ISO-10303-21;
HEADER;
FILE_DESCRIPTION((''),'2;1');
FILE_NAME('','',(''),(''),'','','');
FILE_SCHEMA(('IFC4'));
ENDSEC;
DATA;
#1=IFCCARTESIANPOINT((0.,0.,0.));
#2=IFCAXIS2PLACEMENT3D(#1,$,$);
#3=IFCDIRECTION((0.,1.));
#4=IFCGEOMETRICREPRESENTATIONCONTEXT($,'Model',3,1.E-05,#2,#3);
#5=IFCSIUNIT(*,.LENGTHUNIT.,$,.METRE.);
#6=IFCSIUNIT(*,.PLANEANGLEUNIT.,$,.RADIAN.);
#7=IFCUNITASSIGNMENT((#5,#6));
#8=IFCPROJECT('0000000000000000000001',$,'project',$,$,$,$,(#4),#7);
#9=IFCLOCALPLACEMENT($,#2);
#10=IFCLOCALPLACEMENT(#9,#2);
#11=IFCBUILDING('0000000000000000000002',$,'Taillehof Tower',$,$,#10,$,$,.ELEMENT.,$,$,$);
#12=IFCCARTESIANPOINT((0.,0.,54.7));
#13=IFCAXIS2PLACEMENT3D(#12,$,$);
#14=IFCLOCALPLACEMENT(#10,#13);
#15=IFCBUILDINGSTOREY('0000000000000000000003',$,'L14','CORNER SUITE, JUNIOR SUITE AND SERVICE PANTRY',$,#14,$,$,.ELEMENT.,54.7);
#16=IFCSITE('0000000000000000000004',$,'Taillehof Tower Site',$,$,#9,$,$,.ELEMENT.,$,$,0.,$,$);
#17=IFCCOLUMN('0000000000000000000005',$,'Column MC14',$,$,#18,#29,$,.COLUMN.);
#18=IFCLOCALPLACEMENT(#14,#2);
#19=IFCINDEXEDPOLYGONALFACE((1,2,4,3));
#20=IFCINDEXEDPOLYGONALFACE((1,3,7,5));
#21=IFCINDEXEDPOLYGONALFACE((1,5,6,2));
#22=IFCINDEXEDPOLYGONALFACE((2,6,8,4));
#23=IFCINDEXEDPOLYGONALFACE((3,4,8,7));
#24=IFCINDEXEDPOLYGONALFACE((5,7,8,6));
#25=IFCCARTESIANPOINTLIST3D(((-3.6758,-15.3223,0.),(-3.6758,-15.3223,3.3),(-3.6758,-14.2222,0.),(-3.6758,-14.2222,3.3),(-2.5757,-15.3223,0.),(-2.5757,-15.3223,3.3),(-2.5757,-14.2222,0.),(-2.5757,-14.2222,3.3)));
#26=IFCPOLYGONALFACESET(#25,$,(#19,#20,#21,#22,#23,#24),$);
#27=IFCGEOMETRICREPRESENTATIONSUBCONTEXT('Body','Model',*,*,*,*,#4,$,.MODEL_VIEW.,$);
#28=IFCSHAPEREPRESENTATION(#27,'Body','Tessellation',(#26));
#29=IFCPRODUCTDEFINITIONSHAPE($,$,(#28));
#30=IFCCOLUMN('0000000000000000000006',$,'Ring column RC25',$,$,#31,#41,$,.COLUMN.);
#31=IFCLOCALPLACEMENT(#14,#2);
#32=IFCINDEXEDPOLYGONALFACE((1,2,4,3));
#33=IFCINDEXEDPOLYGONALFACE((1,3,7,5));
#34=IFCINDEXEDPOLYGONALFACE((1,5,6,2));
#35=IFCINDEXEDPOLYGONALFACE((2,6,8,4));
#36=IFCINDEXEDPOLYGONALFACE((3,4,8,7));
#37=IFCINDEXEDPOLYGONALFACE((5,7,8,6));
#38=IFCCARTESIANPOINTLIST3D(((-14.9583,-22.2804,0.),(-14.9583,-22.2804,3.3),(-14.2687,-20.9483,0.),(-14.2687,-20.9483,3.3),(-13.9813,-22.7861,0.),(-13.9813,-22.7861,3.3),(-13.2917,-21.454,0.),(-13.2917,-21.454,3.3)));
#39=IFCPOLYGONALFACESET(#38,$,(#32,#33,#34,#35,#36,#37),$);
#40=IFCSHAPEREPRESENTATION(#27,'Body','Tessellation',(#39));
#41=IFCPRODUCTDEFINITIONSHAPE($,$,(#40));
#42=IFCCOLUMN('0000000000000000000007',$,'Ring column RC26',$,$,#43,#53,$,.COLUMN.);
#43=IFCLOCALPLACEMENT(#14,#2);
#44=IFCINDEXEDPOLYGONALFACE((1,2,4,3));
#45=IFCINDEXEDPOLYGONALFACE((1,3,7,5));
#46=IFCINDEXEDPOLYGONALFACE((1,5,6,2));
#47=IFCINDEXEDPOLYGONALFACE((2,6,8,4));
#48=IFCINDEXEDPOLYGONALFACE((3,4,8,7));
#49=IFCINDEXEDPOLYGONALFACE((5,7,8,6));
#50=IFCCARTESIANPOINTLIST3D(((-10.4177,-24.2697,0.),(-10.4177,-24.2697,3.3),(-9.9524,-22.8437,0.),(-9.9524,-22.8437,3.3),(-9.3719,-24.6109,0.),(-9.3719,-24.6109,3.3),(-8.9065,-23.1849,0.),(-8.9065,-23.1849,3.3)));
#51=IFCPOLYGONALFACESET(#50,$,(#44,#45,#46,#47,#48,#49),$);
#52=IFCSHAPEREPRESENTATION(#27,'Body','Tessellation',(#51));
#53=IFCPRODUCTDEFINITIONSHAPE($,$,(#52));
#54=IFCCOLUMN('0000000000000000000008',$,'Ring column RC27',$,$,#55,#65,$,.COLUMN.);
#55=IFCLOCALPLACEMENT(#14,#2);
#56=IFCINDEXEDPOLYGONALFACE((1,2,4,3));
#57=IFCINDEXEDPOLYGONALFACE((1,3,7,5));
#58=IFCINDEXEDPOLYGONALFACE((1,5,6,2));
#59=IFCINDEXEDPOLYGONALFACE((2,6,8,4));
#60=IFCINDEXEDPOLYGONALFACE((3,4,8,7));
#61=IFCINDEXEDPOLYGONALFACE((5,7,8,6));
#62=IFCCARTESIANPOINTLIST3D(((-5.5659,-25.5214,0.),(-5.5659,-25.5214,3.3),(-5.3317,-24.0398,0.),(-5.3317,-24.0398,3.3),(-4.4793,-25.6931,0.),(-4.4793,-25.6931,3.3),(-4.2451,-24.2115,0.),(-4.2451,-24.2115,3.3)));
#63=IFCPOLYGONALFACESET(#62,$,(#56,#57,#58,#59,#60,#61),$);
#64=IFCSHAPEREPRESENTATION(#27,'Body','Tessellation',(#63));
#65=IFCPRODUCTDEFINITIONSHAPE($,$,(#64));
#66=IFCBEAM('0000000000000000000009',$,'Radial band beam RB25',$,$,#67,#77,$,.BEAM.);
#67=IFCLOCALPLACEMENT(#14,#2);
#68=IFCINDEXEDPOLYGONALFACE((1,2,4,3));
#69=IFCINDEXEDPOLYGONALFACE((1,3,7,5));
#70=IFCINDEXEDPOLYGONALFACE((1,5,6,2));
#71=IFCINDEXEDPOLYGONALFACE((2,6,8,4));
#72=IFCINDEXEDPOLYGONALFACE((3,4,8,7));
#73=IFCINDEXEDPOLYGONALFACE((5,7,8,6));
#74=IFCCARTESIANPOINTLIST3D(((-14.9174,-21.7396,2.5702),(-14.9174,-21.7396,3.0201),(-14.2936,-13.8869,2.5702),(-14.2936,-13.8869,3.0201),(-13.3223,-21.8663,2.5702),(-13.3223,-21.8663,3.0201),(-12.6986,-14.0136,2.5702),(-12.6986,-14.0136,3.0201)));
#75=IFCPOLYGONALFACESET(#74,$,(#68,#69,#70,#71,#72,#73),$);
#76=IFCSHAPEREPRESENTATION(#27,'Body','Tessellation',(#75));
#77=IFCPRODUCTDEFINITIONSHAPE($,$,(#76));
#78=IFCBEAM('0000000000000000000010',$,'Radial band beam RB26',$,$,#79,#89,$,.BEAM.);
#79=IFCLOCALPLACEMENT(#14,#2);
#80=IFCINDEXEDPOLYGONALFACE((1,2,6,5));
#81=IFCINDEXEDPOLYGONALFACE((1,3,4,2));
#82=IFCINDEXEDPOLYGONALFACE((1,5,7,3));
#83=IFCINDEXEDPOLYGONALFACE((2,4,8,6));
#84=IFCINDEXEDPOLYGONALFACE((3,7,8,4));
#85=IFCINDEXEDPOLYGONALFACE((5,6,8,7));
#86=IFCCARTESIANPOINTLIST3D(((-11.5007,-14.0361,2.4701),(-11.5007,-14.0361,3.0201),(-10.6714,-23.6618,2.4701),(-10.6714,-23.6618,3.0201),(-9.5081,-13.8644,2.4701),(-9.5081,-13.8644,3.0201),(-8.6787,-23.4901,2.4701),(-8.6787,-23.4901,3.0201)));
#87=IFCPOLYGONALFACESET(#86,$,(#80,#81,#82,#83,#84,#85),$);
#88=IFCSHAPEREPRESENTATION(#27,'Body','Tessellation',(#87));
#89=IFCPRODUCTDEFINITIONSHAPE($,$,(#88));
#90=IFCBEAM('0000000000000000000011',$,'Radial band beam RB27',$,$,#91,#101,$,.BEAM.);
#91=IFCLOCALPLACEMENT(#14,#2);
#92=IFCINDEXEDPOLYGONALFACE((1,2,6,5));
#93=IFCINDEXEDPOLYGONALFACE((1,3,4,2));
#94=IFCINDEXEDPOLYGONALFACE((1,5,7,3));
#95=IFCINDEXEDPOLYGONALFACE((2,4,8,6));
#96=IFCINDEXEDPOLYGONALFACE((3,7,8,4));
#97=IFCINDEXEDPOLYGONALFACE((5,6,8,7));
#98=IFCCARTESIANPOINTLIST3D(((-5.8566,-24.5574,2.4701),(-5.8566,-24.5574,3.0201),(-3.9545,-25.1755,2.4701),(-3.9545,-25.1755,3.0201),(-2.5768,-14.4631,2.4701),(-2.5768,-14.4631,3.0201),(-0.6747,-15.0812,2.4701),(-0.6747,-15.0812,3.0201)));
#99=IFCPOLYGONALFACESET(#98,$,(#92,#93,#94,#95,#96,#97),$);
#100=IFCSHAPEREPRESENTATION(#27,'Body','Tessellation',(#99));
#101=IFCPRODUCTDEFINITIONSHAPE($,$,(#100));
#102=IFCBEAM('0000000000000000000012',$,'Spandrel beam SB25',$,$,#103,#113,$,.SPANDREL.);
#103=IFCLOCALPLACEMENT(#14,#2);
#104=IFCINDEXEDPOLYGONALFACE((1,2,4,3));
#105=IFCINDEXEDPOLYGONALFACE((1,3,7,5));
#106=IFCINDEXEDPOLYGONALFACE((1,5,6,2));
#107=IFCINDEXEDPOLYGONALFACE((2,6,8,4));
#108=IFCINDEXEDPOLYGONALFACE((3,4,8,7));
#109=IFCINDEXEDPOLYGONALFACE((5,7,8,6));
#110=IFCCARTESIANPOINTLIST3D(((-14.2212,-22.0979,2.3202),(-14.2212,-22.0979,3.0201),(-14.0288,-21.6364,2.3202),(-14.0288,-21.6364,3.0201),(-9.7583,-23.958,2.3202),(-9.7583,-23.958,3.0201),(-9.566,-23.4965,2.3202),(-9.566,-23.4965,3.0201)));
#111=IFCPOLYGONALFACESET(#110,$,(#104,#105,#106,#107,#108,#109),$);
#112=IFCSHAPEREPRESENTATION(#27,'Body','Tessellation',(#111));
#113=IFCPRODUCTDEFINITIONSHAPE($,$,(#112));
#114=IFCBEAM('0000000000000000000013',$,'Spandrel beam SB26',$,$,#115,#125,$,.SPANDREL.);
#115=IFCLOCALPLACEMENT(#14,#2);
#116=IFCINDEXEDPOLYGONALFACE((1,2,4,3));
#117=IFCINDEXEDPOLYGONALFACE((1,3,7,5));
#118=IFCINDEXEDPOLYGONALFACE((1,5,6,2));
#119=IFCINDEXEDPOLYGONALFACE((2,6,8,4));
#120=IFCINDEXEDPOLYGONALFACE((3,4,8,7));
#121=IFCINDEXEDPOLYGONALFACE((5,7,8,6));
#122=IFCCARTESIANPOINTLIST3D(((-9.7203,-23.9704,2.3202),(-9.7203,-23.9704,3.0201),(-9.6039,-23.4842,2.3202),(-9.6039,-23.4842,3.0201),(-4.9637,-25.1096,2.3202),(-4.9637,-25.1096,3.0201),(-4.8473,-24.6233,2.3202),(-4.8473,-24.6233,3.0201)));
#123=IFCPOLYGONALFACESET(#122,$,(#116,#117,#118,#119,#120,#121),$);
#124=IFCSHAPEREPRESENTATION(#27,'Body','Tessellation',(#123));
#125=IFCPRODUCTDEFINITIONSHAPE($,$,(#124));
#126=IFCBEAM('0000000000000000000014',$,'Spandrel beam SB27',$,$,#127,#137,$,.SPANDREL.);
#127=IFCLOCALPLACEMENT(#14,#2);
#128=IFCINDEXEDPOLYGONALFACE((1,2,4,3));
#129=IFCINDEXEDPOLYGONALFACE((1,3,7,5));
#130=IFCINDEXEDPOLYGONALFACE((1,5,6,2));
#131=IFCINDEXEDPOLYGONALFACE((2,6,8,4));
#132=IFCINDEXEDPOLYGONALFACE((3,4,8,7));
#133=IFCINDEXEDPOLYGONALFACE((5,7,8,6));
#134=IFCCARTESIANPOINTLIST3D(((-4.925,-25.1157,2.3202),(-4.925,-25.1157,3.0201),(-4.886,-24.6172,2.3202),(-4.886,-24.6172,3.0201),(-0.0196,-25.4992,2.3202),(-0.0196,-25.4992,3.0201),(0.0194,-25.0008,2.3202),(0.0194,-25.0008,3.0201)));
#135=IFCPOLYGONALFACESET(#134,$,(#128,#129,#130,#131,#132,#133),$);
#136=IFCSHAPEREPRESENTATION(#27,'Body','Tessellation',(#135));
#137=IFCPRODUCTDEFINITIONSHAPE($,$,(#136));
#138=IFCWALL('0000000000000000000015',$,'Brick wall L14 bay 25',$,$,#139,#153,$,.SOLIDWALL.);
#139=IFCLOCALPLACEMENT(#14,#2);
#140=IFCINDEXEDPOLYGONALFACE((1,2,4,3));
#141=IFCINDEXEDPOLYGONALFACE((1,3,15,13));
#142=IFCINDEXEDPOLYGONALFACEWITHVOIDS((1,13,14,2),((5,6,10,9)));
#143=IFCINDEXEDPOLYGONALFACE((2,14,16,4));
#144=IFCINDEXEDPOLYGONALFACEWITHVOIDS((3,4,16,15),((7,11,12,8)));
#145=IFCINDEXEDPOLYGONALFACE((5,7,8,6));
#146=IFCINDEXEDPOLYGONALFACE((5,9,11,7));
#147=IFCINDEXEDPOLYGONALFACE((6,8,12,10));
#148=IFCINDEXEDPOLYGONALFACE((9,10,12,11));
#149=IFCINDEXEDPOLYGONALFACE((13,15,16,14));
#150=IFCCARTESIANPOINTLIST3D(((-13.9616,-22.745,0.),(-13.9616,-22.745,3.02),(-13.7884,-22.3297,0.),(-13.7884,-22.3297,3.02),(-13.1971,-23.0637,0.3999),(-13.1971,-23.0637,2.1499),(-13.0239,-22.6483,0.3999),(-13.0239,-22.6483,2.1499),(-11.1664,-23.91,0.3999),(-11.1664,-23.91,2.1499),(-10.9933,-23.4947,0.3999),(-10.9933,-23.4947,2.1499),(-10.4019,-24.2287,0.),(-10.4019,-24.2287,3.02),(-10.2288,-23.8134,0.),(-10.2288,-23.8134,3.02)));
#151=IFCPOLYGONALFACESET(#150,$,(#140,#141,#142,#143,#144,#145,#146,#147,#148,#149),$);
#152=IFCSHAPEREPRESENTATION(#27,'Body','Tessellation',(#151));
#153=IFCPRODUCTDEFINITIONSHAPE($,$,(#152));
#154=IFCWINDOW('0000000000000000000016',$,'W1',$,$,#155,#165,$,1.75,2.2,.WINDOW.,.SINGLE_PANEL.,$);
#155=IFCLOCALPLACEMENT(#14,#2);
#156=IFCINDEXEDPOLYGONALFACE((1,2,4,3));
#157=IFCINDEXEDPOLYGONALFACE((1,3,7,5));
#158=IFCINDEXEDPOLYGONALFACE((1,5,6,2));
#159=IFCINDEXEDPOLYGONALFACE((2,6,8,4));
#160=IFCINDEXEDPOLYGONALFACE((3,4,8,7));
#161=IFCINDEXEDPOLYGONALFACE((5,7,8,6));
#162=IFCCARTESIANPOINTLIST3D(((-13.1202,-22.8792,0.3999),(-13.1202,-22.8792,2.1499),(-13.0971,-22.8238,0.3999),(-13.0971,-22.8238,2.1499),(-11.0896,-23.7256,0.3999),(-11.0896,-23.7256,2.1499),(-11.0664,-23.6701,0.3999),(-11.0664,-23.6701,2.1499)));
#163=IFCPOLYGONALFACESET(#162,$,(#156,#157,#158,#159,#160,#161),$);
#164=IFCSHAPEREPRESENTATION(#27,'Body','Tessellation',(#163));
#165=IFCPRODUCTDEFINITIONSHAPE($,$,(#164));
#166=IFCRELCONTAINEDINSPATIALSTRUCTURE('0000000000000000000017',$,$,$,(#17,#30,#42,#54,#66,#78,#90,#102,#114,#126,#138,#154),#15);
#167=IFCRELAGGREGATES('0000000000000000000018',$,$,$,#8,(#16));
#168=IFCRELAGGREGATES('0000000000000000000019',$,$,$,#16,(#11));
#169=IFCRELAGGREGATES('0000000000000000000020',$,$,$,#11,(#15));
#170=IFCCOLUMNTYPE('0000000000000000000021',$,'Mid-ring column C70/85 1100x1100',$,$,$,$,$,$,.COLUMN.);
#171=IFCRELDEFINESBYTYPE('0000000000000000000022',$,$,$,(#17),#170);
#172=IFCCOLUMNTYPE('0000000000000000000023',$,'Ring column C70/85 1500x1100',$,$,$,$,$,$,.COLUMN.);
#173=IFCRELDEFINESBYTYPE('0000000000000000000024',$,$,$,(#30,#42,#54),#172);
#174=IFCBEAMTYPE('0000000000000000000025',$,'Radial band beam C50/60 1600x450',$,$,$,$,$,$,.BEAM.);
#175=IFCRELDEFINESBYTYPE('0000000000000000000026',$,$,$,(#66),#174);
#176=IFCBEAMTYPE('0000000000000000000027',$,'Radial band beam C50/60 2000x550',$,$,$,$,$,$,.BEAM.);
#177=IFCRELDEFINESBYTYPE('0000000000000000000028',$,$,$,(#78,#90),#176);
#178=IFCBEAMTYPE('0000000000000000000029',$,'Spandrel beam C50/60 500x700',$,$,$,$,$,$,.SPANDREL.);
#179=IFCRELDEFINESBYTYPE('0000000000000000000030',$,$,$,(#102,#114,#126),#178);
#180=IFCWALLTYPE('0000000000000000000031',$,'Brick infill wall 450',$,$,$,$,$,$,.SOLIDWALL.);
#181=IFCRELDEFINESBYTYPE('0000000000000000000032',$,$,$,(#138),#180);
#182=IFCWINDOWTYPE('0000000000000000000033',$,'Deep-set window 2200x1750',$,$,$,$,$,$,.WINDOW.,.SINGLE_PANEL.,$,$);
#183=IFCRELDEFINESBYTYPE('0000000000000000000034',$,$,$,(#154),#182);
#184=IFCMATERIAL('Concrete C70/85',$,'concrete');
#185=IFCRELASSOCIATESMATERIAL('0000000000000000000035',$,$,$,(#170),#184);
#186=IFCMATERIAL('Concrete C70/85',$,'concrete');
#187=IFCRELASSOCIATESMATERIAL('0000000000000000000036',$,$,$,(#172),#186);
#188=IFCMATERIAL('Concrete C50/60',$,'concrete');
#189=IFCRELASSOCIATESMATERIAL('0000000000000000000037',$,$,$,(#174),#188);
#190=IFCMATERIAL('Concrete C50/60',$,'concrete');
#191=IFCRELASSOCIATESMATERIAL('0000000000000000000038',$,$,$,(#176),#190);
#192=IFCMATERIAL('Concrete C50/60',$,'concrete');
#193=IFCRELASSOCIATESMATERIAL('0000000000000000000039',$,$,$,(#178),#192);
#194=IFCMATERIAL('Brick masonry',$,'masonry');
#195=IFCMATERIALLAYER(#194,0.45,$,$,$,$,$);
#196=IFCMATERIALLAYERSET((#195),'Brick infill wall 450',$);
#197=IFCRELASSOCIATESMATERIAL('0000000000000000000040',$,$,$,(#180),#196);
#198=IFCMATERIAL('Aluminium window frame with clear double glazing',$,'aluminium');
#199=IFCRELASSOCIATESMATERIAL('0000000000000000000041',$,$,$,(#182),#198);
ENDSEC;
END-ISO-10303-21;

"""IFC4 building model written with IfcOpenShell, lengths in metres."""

from ifc_helpers import new_model, si_unit, direction, frame, frame_2d, origin, origin_2d, place, context, subcontext, project, spatial, rectangle, extrude, material, layer, layer_set, material_profile, profile_set, type_object, element, fill, save


model = new_model("IFC4")

# Units and contexts
model_context = context("Model", 3, precision=1e-05, world=origin(), true_north=direction((0.0, 1.0)))
body_context = subcontext(model_context, "Body", "Model", "MODEL_VIEW")
ifc_project = project(units=[si_unit("LENGTHUNIT", "METRE"), si_unit("PLANEANGLEUNIT", "RADIAN")], contexts=[model_context])

# Site, building, storey
site_placement = place(None, origin())
site = spatial("IfcSite", under=ifc_project, at=site_placement, Name="Taillehof Tower Site", CompositionType="ELEMENT", RefElevation=0.0)
building_placement = place(site_placement, origin())
building = spatial("IfcBuilding", under=site, at=building_placement, Name="Taillehof Tower", CompositionType="ELEMENT")
storey_placement = place(building_placement, frame((0.0, 0.0, 54.7)))
storey = spatial("IfcBuildingStorey", under=building, at=storey_placement, Name="L14", Description="CORNER SUITE, JUNIOR SUITE AND SERVICE PANTRY", CompositionType="ELEMENT", Elevation=54.7)

# Columns
ifc_material_1 = material(Name="Concrete C70/85", Category="concrete")
ifc_material_profile_1 = material_profile(ifc_material_1, rectangle(XDim=1.1001, YDim=1.1001, at=origin_2d()), Name="RC 1100x1100")
ifc_profile_set_1 = profile_set([ifc_material_profile_1], Name="Concrete C70/85")
column_type_1 = type_object("IfcColumnType", Name="Mid-ring column C70/85 1100x1100", PredefinedType="COLUMN", material=ifc_profile_set_1)
column_placement = place(storey_placement, frame((-3.1257, -14.7722, 0.0), z_axis=(0.0, 0.0, 1.0), x_axis=(1.0, 0.0, 0.0)))
element("IfcColumn", 1, at=column_placement, inside=storey, type_object=column_type_1, Name="Column MC14", PredefinedType="COLUMN", context=body_context, shape_type="SweptSolid", body=[
    extrude(rectangle(XDim=1.1001, YDim=1.1001, at=origin_2d()), origin(), (0.0, 0.0, 1.0), 3.3),
])
ifc_material_2 = material(Name="Concrete C70/85", Category="concrete")
ifc_material_profile_2 = material_profile(ifc_material_2, rectangle(XDim=1.5, YDim=1.1001, at=origin_2d()), Name="RC 1500x1100")
ifc_profile_set_2 = profile_set([ifc_material_profile_2], Name="Concrete C70/85")
column_type_2 = type_object("IfcColumnType", Name="Ring column C70/85 1500x1100", PredefinedType="COLUMN", material=ifc_profile_set_2)
for number, where, z_axis, x_axis, name in (
    (2, (-14.125, -21.8672, 0.0), (0.0, 0.0, 1.0), (-0.459691, -0.888079, 0.0), "Ring column RC25"),
    (3, (-9.6621, -23.7273, 0.0), (0.0, 0.0, 1.0), (-0.310219, -0.950665, 0.0), "Ring column RC26"),
    (4, (-4.9055, -24.8665, 0.0), (0.0, 0.0, 1.0), (-0.156147, -0.987734, 0.0), "Ring column RC27"),
):
    element("IfcColumn", number, at=place(storey_placement, frame(where, z_axis=z_axis, x_axis=x_axis)), inside=storey, type_object=column_type_2, Name=name, PredefinedType="COLUMN", context=body_context, shape_type="SweptSolid", body=[
        extrude(rectangle(XDim=1.5, YDim=1.1001, at=origin_2d()), origin(), (0.0, 0.0, 1.0), 3.3),
    ])

# Beams
ifc_material_3 = material(Name="Concrete C50/60", Category="concrete")
ifc_material_profile_3 = material_profile(ifc_material_3, rectangle(XDim=1.6001, YDim=0.45, at=origin_2d()), Name="RC 1600x450")
ifc_profile_set_3 = profile_set([ifc_material_profile_3], Name="Concrete C50/60")
beam_type_1 = type_object("IfcBeamType", Name="Radial band beam C50/60 1600x450", PredefinedType="BEAM", material=ifc_profile_set_3)
beam_1_placement = place(storey_placement, frame((-14.1199, -21.803, 2.7952), z_axis=(0.079185, 0.99686, 0.0), x_axis=(-0.99686, 0.079185, 0.0)))
element("IfcBeam", 5, at=beam_1_placement, inside=storey, type_object=beam_type_1, Name="Radial band beam RB25", PredefinedType="BEAM", context=body_context, shape_type="SweptSolid", body=[
    extrude(rectangle(XDim=1.6001, YDim=0.45, at=origin_2d()), origin(), (0.0, 0.0, 1.0), 7.8774),
])
ifc_material_4 = material(Name="Concrete C50/60", Category="concrete")
ifc_material_profile_4 = material_profile(ifc_material_4, rectangle(XDim=2.0, YDim=0.55, at=origin_2d()), Name="RC 2000x550")
ifc_profile_set_4 = profile_set([ifc_material_profile_4], Name="Concrete C50/60")
beam_type_2 = type_object("IfcBeamType", Name="Radial band beam C50/60 2000x550", PredefinedType="BEAM", material=ifc_profile_set_4)
beam_2_placement = place(storey_placement, frame((-9.675, -23.5759, 2.7451), z_axis=(-0.085841, 0.996309, 0.0), x_axis=(-0.996309, -0.085841, 0.0)))
element("IfcBeam", 6, at=beam_2_placement, inside=storey, type_object=beam_type_2, Name="Radial band beam RB26", PredefinedType="BEAM", context=body_context, shape_type="SweptSolid", body=[
    extrude(rectangle(XDim=2.0, YDim=0.55, at=origin_2d()), origin(), (0.0, 0.0, 1.0), 9.6614),
])
beam_3_placement = place(storey_placement, frame((-4.9055, -24.8665, 2.7451), z_axis=(0.309014, 0.951057, 0.0), x_axis=(-0.951057, 0.309014, 0.0)))
element("IfcBeam", 7, at=beam_3_placement, inside=storey, type_object=beam_type_2, Name="Radial band beam RB27", PredefinedType="BEAM", context=body_context, shape_type="SweptSolid", body=[
    extrude(rectangle(XDim=2.0, YDim=0.55, at=origin_2d()), origin(), (0.0, 0.0, 1.0), 10.6138),
])
ifc_material_5 = material(Name="Concrete C50/60", Category="concrete")
ifc_material_profile_5 = material_profile(ifc_material_5, rectangle(XDim=0.5, YDim=0.7, at=origin_2d()), Name="RC 500x700")
ifc_profile_set_5 = profile_set([ifc_material_profile_5], Name="Concrete C50/60")
beam_type_3 = type_object("IfcBeamType", Name="Spandrel beam C50/60 500x700", PredefinedType="SPANDREL", material=ifc_profile_set_5)
beam_4_placement = place(storey_placement, frame((-14.125, -21.8672, 2.6702), z_axis=(0.923035, -0.384716, 0.0), x_axis=(0.384716, 0.923035, 0.0)))
element("IfcBeam", 8, at=beam_4_placement, inside=storey, type_object=beam_type_3, Name="Spandrel beam SB25", PredefinedType="SPANDREL", context=body_context, shape_type="SweptSolid", body=[
    extrude(rectangle(XDim=0.5, YDim=0.7, at=origin_2d()), origin(), (0.0, 0.0, 1.0), 4.835),
])
beam_5_placement = place(storey_placement, frame((-9.6621, -23.7273, 2.6702), z_axis=(0.9725, -0.232905, 0.0), x_axis=(0.232905, 0.9725, 0.0)))
element("IfcBeam", 9, at=beam_5_placement, inside=storey, type_object=beam_type_3, Name="Spandrel beam SB26", PredefinedType="SPANDREL", context=body_context, shape_type="SweptSolid", body=[
    extrude(rectangle(XDim=0.5, YDim=0.7, at=origin_2d()), origin(), (0.0, 0.0, 1.0), 4.8911),
])
beam_6_placement = place(storey_placement, frame((-4.9055, -24.8665, 2.6702), z_axis=(0.996957, -0.077949, 0.0), x_axis=(0.077949, 0.996957, 0.0)))
element("IfcBeam", 10, at=beam_6_placement, inside=storey, type_object=beam_type_3, Name="Spandrel beam SB27", PredefinedType="SPANDREL", context=body_context, shape_type="SweptSolid", body=[
    extrude(rectangle(XDim=0.5, YDim=0.7, at=origin_2d()), origin(), (0.0, 0.0, 1.0), 4.9204),
])

# Wall, opening, window
ifc_material_6 = material(Name="Brick masonry", Category="masonry")
ifc_layer_1 = layer(ifc_material_6, 0.45)
ifc_layer_set_1 = layer_set([ifc_layer_1], Name="Brick infill wall 450")
wall_type_1 = type_object("IfcWallType", Name="Brick infill wall 450", PredefinedType="SOLIDWALL", material=ifc_layer_set_1)
wall_1_placement = place(storey_placement, frame((-13.875, -22.5374, 0.0), z_axis=(0.0, 0.0, 1.0), x_axis=(0.923032, -0.384723, 0.0)))
wall_1 = element("IfcWall", 11, at=wall_1_placement, inside=storey, type_object=wall_type_1, Name="Brick wall L14 bay 25", PredefinedType="SOLIDWALL", context=body_context, shape_type="SweptSolid", body=[
    extrude(rectangle(XDim=3.8564, YDim=0.45, at=frame_2d((1.9282, 0.0))), origin(), (0.0, 0.0, 1.0), 3.02),
])
opening_1_placement = place(wall_1_placement, frame((0.8281, 0.0, 0.3999)))
opening_1 = element("IfcOpeningElement", 12, at=opening_1_placement, cuts=wall_1, PredefinedType="OPENING", context=body_context, shape_type="SweptSolid", body=[
    extrude(rectangle(XDim=2.2, YDim=1.75, at=frame_2d((1.1001, 0.875))), frame((0.0, 0.2349, 0.0), z_axis=(0.0, -1.0, 0.0), x_axis=(1.0, 0.0, 0.0)), (0.0, 0.0, 1.0), 0.47),
])
ifc_material_7 = material(Name="Aluminium window frame with clear double glazing", Category="aluminium")
window_type = type_object("IfcWindowType", Name="Deep-set window 2200x1750", PartitioningType="SINGLE_PANEL", PredefinedType="WINDOW", material=ifc_material_7)
window_1_placement = place(opening_1_placement, origin())
window_1 = element("IfcWindow", 13, at=window_1_placement, inside=storey, type_object=window_type, Name="W1", OverallHeight=1.75, OverallWidth=2.2, PartitioningType="SINGLE_PANEL", PredefinedType="WINDOW", context=body_context, shape_type="SweptSolid", body=[
    extrude(rectangle(XDim=2.2, YDim=1.75, at=frame_2d((1.1001, 0.875))), frame((0.0, 0.0349, 0.0), z_axis=(0.0, -1.0, 0.0), x_axis=(1.0, 0.0, 0.0)), (0.0, 0.0, 1.0), 0.0601),
])
fill(opening_1, window_1)

save(model, "model.ifc")
